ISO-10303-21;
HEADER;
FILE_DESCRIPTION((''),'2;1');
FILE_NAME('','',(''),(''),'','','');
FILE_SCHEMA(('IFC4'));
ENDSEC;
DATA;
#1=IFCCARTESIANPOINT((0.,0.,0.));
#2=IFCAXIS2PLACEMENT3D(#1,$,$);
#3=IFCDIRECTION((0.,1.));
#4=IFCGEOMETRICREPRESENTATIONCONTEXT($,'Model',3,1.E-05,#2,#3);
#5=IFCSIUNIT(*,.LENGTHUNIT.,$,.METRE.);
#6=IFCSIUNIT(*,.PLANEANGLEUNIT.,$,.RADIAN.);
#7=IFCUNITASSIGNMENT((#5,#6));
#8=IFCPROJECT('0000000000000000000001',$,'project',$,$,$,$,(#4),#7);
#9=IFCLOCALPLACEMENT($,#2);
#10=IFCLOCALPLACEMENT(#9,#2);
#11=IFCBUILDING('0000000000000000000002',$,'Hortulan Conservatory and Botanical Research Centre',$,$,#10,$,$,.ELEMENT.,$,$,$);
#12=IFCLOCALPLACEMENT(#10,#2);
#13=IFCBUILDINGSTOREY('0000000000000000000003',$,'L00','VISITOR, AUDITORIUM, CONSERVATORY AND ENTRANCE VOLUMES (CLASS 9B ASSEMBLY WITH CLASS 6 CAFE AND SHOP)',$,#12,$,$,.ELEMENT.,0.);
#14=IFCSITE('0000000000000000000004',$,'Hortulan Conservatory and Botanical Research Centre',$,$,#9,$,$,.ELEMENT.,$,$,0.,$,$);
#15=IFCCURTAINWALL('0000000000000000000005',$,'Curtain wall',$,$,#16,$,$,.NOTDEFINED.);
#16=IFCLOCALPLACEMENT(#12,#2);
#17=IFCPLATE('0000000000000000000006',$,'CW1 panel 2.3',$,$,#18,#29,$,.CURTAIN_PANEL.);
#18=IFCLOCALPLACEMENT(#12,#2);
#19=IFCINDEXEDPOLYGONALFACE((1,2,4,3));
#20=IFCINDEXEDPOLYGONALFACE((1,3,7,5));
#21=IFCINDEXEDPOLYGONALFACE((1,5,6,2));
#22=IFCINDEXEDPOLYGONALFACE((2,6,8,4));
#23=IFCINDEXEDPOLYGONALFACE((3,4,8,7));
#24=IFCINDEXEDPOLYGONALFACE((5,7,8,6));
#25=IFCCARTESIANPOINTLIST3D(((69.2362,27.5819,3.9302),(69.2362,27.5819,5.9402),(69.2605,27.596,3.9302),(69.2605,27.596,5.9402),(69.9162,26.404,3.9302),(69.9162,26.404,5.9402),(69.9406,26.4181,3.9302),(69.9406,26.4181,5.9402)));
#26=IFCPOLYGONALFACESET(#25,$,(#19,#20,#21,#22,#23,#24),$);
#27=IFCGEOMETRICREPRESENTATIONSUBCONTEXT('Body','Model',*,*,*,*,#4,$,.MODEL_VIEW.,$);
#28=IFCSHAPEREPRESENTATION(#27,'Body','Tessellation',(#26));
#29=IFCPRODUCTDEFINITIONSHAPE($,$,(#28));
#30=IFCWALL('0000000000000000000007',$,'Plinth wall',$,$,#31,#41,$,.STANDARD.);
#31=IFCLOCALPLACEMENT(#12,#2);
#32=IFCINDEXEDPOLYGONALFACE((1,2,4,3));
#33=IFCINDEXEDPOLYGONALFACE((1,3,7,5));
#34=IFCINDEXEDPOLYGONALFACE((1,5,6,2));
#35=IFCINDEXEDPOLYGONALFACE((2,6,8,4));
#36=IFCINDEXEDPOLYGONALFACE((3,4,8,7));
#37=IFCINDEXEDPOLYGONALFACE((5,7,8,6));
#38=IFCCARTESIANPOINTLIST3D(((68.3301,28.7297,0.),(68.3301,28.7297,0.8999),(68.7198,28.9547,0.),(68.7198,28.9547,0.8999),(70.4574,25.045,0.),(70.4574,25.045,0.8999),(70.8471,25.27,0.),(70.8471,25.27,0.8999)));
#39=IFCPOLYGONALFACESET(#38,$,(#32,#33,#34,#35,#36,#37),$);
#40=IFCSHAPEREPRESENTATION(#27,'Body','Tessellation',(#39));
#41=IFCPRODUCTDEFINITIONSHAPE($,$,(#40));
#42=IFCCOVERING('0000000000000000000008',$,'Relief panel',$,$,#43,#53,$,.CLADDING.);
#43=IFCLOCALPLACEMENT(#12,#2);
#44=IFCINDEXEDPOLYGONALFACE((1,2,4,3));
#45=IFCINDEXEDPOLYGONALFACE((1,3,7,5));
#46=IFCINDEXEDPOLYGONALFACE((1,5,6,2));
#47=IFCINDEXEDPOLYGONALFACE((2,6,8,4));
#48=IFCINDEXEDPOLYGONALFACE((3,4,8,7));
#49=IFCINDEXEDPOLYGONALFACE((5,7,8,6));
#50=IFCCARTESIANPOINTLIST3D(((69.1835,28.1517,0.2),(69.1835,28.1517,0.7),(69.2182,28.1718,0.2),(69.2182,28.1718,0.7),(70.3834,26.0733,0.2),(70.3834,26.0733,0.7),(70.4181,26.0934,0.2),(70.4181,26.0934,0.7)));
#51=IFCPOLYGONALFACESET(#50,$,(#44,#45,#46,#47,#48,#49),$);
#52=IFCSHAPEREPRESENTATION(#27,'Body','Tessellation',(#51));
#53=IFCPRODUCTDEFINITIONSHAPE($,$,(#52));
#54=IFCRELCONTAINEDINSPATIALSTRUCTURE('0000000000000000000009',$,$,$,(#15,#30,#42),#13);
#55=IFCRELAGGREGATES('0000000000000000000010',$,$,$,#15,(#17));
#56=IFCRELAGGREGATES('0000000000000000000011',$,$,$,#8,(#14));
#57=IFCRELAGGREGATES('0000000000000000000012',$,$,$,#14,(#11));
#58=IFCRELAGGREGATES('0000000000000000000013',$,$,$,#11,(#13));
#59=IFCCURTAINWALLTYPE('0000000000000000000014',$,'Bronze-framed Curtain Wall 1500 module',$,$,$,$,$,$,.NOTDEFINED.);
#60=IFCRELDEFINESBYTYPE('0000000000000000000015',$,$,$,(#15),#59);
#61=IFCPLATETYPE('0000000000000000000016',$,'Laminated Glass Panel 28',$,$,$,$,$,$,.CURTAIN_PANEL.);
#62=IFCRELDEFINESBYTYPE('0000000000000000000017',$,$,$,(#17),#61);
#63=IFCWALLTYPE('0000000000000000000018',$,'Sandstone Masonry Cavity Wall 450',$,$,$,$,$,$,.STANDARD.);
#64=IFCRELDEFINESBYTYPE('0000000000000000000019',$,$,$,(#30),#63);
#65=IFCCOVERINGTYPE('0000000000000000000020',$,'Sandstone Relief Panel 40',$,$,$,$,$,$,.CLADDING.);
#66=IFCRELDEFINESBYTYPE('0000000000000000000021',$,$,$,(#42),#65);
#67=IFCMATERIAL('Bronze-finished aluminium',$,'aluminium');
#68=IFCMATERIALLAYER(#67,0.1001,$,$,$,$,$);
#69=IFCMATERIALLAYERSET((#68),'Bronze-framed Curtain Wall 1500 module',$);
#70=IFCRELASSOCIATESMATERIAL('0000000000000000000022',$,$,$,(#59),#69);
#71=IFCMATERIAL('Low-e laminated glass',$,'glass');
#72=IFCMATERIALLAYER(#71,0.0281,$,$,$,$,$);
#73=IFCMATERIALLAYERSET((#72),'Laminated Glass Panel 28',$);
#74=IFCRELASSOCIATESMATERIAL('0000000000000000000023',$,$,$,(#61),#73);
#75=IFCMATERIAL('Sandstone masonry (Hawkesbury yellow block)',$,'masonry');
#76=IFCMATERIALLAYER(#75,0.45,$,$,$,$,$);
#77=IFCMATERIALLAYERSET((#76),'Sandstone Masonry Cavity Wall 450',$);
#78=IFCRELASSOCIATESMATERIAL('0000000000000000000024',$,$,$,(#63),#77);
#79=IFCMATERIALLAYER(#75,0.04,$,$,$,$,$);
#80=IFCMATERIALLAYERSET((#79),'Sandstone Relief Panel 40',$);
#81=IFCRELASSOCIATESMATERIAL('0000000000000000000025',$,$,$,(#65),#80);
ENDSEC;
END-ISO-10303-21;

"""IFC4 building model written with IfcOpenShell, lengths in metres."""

from ifc_helpers import new_model, si_unit, direction, frame, frame_2d, origin, origin_2d, place, context, subcontext, project, spatial, rectangle, extrude, material, layer, layer_set, type_object, element, aggregate, save


model = new_model("IFC4")

# Units and contexts
model_context = context("Model", 3, precision=1e-05, world=origin(), true_north=direction((0.0, 1.0)))
body_context = subcontext(model_context, "Body", "Model", "MODEL_VIEW")
ifc_project = project(units=[si_unit("LENGTHUNIT", "METRE"), si_unit("PLANEANGLEUNIT", "RADIAN")], contexts=[model_context])

# Site, building, storey
site_placement = place(None, origin())
site = spatial("IfcSite", under=ifc_project, at=site_placement, Name="Hortulan Conservatory and Botanical Research Centre", CompositionType="ELEMENT", RefElevation=0.0)
building_placement = place(site_placement, origin())
building = spatial("IfcBuilding", under=site, at=building_placement, Name="Hortulan Conservatory and Botanical Research Centre", CompositionType="ELEMENT")
storey_placement = place(building_placement, origin())
storey = spatial("IfcBuildingStorey", under=building, at=storey_placement, Name="L00", Description="VISITOR, AUDITORIUM, CONSERVATORY AND ENTRANCE VOLUMES (CLASS 9B ASSEMBLY WITH CLASS 6 CAFE AND SHOP)", CompositionType="ELEMENT", Elevation=0.0)

# Curtain wall
ifc_material_1 = material(Name="Bronze-finished aluminium", Category="aluminium")
ifc_layer_1 = layer(ifc_material_1, 0.1001)
ifc_layer_set_1 = layer_set([ifc_layer_1], Name="Bronze-framed Curtain Wall 1500 module")
curtain_wall_type = type_object("IfcCurtainWallType", Name="Bronze-framed Curtain Wall 1500 module", PredefinedType="NOTDEFINED", material=ifc_layer_set_1)
curtain_wall_placement = place(storey_placement, origin())
curtain_wall = element("IfcCurtainWall", 1, at=curtain_wall_placement, inside=storey, type_object=curtain_wall_type, Name="Curtain wall", PredefinedType="NOTDEFINED")

# Plate
ifc_material_2 = material(Name="Low-e laminated glass", Category="glass")
ifc_layer_2 = layer(ifc_material_2, 0.0281)
ifc_layer_set_2 = layer_set([ifc_layer_2], Name="Laminated Glass Panel 28")
plate_type = type_object("IfcPlateType", Name="Laminated Glass Panel 28", PredefinedType="CURTAIN_PANEL", material=ifc_layer_set_2)
plate_1_placement = place(storey_placement, frame((69.5884, 27.0, 3.9302), z_axis=(0.0, 0.0, 1.0), x_axis=(0.499981, -0.866036, 0.0)))
plate_1 = element("IfcPlate", 2, at=plate_1_placement, type_object=plate_type, Name="CW1 panel 2.3", PredefinedType="CURTAIN_PANEL", context=body_context, shape_type="SweptSolid", body=[
    extrude(rectangle(XDim=1.3601, YDim=0.0281, at=origin_2d()), origin(), (0.0, 0.0, 1.0), 2.01),
])
aggregate(curtain_wall, [plate_1])

# Wall
ifc_material_3 = material(Name="Sandstone masonry (Hawkesbury yellow block)", Category="masonry")
ifc_layer_3 = layer(ifc_material_3, 0.45)
ifc_layer_set_3 = layer_set([ifc_layer_3], Name="Sandstone Masonry Cavity Wall 450")
wall_type = type_object("IfcWallType", Name="Sandstone Masonry Cavity Wall 450", PredefinedType="STANDARD", material=ifc_layer_set_3)
wall_placement = place(storey_placement, frame((68.5249, 28.8423, 0.0), z_axis=(0.0, 0.0, 1.0), x_axis=(0.499984, -0.866035, 0.0)))
element("IfcWall", 3, at=wall_placement, inside=storey, type_object=wall_type, Name="Plinth wall", PredefinedType="STANDARD", context=body_context, shape_type="SweptSolid", body=[
    extrude(rectangle(XDim=4.2546, YDim=0.45, at=frame_2d((2.1274, 0.0))), origin(), (0.0, 0.0, 1.0), 0.8999),
])

# Covering
ifc_layer_4 = layer(ifc_material_3, 0.04)
ifc_layer_set_4 = layer_set([ifc_layer_4], Name="Sandstone Relief Panel 40")
covering_type = type_object("IfcCoveringType", Name="Sandstone Relief Panel 40", PredefinedType="CLADDING", material=ifc_layer_set_4)
covering_placement = place(storey_placement, frame((69.8008, 27.1226, 0.2), z_axis=(0.0, 0.0, 1.0), x_axis=(0.499982, -0.866036, 0.0)))
element("IfcCovering", 4, at=covering_placement, inside=storey, type_object=covering_type, Name="Relief panel", PredefinedType="CLADDING", context=body_context, shape_type="SweptSolid", body=[
    extrude(rectangle(XDim=2.3999, YDim=0.04, at=origin_2d()), origin(), (0.0, 0.0, 1.0), 0.5),
])

save(model, "model.ifc")
